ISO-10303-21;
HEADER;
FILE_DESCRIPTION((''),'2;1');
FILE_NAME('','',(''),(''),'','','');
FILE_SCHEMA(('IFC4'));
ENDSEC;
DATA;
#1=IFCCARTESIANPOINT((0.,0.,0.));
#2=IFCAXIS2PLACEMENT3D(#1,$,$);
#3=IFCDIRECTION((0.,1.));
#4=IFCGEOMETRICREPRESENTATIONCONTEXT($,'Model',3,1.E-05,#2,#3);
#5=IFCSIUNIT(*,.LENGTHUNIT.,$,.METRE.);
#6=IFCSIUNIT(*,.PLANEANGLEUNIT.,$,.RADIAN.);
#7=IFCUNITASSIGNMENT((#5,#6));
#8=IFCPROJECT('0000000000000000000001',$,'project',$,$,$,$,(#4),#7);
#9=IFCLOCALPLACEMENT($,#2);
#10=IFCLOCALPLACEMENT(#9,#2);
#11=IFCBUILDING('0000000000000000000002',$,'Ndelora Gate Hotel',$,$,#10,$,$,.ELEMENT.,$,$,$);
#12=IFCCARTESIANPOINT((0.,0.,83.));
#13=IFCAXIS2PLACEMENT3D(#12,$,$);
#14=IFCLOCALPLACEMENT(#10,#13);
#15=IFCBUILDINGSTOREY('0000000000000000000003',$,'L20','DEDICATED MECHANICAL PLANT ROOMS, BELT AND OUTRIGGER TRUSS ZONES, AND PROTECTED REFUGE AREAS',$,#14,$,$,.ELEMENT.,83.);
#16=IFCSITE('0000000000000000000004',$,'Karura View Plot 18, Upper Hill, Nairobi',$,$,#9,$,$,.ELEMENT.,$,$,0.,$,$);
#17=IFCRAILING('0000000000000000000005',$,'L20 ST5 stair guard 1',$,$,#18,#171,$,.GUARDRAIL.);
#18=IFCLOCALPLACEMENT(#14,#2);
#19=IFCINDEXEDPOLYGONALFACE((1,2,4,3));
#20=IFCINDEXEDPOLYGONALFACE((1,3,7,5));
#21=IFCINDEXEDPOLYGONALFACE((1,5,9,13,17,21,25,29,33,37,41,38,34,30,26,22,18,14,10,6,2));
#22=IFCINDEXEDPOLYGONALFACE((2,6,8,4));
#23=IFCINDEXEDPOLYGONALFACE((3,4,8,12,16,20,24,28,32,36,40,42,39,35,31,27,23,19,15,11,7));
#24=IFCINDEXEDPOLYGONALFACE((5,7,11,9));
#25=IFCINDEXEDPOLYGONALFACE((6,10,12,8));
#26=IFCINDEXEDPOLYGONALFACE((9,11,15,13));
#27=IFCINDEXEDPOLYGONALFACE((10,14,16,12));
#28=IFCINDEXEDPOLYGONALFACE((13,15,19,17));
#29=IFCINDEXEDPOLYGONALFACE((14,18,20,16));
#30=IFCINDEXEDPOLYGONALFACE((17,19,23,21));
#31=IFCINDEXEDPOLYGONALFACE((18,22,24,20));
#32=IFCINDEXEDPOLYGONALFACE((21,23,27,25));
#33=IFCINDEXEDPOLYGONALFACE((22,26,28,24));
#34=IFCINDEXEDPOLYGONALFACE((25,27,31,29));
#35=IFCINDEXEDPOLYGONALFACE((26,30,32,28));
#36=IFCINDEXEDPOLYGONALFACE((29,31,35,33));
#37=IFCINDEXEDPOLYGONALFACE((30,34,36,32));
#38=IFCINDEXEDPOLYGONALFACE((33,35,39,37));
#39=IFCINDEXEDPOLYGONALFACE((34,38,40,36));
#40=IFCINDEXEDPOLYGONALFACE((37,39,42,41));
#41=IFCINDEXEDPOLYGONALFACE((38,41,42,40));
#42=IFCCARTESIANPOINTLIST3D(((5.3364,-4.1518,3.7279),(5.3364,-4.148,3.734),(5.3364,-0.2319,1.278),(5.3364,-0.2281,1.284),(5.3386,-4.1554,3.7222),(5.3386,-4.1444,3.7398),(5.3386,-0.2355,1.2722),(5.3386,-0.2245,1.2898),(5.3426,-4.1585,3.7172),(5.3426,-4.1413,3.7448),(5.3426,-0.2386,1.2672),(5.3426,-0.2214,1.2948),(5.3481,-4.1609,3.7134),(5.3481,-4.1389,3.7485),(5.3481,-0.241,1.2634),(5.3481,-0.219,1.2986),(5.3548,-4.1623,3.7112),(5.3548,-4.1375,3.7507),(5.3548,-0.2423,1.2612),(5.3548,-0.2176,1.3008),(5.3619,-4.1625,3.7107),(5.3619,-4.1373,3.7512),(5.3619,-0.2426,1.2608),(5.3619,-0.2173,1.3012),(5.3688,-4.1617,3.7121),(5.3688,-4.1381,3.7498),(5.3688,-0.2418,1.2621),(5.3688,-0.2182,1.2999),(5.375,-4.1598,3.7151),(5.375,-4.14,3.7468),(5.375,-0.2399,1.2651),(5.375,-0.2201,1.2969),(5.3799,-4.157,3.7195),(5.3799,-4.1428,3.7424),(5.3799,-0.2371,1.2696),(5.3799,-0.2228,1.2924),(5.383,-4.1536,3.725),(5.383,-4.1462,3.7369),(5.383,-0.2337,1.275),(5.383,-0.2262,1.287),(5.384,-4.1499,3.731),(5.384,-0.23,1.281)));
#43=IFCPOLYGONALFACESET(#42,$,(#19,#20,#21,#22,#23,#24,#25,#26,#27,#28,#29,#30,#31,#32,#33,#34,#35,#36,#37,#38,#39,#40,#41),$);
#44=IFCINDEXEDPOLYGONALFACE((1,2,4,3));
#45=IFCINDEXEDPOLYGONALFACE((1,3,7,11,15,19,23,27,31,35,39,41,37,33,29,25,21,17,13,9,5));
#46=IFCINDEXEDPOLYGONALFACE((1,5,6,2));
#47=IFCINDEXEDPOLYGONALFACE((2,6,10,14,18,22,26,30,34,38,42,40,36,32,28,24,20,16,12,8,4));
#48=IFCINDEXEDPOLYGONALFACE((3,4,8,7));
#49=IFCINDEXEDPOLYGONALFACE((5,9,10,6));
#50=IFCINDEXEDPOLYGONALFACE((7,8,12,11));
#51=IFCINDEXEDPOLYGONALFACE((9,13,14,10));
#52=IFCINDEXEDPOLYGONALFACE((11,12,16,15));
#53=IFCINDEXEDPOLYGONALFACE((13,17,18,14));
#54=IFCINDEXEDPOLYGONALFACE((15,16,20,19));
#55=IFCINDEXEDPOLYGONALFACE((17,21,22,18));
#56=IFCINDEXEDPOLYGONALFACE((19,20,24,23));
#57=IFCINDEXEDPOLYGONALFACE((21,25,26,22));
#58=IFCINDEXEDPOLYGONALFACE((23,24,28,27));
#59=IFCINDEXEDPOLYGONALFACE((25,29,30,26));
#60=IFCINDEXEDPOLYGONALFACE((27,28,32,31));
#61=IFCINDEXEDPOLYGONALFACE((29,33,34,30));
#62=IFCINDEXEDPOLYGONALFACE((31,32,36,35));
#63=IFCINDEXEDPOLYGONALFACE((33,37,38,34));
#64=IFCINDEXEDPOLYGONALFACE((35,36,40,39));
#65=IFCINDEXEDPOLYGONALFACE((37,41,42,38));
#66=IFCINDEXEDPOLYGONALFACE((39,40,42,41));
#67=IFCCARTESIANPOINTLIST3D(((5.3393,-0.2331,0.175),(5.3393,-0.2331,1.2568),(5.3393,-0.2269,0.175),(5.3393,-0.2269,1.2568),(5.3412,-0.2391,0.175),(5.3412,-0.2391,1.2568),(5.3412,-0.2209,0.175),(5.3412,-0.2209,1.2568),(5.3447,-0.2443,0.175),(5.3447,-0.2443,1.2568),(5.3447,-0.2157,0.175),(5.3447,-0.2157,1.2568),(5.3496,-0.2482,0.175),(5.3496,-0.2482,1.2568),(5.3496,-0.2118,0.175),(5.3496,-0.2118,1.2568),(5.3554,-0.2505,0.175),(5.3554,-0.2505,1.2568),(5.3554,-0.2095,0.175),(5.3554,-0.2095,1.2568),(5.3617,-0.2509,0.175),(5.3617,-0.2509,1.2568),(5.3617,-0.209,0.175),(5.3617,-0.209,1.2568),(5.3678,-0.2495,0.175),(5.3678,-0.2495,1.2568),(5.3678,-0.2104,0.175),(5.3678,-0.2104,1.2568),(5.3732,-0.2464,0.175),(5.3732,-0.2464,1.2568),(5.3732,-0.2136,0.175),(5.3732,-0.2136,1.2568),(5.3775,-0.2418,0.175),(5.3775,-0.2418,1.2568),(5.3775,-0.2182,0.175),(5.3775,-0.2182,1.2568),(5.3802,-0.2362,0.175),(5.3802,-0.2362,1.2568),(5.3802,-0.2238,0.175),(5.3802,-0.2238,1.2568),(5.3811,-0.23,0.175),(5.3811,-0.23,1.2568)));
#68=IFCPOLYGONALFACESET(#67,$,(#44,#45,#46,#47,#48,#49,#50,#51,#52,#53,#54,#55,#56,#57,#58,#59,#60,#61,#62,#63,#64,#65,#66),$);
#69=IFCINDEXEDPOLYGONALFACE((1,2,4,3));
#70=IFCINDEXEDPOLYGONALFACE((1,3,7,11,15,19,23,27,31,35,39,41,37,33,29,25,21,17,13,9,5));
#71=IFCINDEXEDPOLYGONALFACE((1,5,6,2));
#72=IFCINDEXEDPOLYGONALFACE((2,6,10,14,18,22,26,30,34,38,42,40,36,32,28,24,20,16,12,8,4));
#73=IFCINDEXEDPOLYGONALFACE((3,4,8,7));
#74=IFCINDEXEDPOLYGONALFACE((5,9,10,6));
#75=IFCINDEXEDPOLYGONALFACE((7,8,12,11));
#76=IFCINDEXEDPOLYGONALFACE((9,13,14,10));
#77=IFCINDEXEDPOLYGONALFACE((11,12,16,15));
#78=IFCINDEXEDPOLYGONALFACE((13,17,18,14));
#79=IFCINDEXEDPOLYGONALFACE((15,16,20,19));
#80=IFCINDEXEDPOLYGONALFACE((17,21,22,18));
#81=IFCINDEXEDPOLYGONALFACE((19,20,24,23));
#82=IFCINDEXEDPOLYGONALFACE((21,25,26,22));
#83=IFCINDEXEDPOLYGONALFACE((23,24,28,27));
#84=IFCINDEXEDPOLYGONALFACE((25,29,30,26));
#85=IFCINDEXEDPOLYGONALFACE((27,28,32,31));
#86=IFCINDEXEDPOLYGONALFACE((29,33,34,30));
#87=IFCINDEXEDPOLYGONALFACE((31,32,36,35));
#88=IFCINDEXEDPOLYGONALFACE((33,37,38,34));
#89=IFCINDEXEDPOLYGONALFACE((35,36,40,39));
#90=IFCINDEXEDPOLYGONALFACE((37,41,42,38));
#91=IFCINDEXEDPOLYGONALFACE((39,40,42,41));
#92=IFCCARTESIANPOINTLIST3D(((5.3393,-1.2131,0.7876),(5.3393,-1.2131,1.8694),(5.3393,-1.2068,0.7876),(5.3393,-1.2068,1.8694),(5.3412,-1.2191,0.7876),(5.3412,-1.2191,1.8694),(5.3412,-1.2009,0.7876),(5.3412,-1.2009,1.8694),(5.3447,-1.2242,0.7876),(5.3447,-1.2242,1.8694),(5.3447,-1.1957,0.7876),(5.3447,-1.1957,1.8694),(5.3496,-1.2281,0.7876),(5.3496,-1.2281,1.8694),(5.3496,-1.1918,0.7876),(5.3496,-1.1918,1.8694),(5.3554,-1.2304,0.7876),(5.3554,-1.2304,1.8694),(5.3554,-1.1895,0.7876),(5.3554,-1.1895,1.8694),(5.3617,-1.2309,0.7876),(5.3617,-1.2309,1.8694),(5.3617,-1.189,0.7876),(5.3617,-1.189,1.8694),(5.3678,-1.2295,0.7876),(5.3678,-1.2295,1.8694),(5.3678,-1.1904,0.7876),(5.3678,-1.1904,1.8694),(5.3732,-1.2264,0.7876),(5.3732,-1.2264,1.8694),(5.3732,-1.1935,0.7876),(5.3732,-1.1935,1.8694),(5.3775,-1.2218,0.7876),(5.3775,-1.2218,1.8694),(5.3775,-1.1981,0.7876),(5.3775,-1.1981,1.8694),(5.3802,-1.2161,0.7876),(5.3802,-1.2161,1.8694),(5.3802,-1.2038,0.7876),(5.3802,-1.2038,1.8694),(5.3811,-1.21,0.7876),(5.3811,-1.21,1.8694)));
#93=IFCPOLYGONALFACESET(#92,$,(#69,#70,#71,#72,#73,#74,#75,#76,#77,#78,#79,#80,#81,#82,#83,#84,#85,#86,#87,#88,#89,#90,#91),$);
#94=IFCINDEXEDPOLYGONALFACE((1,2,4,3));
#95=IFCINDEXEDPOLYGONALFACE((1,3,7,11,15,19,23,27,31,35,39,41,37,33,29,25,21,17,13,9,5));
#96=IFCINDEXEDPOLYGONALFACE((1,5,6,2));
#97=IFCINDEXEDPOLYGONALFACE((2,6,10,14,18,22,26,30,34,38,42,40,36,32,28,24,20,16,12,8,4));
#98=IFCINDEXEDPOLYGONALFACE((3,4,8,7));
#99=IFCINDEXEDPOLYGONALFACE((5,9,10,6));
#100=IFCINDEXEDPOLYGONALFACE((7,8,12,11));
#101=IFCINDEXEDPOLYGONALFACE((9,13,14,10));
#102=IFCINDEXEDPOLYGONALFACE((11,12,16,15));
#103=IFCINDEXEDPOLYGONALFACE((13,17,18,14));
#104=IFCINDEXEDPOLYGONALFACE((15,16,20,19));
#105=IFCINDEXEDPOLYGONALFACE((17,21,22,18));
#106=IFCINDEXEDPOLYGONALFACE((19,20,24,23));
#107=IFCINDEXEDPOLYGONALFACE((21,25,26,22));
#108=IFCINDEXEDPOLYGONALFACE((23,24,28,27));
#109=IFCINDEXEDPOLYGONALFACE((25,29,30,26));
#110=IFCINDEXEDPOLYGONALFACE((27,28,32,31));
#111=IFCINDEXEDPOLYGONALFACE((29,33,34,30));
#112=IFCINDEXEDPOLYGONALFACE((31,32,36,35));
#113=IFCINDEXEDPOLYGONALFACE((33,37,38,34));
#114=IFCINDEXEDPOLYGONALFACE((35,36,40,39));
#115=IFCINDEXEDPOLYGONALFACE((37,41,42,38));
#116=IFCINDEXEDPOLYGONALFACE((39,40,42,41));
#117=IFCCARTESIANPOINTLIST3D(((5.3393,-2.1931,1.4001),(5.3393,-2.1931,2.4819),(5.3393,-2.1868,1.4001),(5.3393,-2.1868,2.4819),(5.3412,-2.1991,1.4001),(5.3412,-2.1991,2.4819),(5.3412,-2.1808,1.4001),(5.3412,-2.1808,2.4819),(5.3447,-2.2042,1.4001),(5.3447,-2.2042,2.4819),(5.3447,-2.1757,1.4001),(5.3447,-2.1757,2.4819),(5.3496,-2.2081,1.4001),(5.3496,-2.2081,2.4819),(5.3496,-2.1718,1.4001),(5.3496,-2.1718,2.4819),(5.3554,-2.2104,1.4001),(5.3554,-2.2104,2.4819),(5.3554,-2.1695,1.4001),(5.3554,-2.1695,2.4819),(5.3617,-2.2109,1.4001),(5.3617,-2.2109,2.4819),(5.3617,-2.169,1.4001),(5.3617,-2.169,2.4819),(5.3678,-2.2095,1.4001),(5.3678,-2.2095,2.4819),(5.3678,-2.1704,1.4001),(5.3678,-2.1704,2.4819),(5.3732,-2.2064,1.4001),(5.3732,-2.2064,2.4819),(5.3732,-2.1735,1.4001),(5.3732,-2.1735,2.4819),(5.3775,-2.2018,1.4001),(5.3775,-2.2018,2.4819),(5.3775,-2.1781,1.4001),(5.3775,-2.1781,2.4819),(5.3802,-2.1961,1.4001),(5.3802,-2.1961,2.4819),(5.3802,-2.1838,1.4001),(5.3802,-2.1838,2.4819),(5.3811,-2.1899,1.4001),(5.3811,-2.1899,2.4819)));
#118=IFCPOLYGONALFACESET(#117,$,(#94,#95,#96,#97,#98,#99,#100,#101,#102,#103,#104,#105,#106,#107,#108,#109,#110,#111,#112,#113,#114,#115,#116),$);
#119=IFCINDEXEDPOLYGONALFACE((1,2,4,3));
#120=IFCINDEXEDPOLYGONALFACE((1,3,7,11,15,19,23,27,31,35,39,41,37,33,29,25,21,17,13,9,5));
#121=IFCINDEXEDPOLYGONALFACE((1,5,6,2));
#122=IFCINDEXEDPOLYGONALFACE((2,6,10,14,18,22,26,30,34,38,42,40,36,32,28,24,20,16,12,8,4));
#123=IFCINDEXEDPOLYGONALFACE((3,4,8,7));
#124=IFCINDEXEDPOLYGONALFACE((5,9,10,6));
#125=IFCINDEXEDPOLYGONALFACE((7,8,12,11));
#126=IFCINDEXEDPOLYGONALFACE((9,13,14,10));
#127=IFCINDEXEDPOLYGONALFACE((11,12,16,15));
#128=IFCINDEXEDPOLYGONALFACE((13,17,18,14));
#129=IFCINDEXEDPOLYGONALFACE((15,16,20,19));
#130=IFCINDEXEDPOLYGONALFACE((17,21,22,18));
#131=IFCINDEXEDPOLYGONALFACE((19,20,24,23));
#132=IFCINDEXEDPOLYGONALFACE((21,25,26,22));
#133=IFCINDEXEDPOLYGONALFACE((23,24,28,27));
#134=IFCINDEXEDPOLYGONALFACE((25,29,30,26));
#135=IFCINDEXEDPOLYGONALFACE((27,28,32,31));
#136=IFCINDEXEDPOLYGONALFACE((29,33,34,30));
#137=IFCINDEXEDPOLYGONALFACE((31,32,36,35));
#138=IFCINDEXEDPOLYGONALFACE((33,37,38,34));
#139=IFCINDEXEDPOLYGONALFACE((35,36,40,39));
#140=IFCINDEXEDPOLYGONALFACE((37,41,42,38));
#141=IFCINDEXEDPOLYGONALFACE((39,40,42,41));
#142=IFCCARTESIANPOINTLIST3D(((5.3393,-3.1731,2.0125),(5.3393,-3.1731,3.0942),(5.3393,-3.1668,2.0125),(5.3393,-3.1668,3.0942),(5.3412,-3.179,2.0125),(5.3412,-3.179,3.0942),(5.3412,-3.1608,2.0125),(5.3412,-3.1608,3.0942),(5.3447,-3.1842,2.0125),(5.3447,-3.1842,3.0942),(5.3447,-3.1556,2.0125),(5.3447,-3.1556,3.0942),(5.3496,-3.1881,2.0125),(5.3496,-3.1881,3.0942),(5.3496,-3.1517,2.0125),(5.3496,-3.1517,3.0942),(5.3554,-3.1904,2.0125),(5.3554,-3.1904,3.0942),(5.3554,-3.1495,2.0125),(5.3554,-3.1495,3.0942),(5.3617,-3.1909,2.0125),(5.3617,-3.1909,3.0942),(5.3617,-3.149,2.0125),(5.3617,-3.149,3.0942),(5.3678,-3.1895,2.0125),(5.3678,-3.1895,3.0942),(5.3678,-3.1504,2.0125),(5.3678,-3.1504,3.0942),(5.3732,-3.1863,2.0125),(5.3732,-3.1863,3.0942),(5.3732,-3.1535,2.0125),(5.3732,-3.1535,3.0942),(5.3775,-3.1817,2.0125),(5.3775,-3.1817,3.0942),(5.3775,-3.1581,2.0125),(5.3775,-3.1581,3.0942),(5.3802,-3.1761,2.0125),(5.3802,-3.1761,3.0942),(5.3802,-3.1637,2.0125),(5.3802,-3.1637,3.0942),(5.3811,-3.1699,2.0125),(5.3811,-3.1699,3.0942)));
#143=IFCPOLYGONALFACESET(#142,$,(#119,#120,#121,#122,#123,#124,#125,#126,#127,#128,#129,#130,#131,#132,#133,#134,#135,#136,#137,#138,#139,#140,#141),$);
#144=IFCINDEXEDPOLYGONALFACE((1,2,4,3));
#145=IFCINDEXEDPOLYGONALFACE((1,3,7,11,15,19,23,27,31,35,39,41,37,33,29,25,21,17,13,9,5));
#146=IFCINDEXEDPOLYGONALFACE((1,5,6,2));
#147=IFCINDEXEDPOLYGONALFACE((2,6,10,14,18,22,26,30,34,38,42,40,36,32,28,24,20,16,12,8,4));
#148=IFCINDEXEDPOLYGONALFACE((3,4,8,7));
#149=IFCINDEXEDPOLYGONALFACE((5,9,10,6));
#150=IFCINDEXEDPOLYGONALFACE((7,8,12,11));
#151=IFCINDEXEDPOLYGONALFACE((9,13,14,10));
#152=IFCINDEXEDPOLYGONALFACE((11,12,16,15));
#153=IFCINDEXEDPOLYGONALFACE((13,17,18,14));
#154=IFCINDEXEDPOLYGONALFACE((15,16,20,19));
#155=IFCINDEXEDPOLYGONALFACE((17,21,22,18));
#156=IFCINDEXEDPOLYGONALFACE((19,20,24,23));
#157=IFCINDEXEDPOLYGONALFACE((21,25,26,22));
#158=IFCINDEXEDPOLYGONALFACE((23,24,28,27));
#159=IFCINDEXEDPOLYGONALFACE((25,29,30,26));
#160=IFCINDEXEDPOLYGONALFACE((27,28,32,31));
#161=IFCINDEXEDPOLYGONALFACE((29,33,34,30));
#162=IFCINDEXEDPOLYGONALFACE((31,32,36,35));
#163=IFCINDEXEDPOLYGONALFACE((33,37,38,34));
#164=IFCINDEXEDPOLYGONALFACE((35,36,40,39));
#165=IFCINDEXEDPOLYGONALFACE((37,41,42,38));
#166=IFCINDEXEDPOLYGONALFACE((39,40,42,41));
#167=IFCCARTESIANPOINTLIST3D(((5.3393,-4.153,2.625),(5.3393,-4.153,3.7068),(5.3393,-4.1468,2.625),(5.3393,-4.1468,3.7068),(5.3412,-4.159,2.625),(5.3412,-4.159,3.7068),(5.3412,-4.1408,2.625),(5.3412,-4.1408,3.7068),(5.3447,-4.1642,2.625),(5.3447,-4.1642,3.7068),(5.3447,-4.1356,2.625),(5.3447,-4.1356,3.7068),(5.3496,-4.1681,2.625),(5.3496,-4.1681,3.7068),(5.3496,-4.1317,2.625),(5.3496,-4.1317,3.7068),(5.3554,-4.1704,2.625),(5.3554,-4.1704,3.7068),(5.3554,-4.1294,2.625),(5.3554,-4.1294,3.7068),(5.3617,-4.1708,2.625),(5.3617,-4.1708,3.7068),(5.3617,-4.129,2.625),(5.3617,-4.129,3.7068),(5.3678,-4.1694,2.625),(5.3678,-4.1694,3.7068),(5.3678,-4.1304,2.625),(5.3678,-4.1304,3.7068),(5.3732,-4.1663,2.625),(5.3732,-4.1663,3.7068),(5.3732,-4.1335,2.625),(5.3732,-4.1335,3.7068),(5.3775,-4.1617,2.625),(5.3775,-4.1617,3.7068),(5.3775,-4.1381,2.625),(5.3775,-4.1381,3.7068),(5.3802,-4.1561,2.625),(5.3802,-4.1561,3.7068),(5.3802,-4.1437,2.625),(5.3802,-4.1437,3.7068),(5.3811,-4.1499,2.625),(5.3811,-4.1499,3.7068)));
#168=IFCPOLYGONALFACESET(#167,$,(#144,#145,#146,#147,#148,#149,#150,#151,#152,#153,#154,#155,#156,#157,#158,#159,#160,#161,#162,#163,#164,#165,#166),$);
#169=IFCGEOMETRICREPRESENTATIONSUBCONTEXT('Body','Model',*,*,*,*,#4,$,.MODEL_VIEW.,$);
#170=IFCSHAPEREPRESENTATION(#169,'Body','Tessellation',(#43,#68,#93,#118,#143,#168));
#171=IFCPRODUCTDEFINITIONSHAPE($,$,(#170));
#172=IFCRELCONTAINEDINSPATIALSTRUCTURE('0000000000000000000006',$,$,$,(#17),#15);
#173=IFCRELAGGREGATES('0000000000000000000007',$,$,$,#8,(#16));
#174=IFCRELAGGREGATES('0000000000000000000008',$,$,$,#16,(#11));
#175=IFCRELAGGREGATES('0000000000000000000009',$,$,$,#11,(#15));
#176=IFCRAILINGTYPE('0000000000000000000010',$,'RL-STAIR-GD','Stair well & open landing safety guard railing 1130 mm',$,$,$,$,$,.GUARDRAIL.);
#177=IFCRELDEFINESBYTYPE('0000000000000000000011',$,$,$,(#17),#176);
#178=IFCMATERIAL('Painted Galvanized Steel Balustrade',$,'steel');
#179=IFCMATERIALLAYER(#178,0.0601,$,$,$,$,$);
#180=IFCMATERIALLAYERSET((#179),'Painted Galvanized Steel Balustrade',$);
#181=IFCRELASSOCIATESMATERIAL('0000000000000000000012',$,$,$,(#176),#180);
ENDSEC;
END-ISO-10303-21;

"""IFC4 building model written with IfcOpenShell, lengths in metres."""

from ifc_helpers import new_model, si_unit, direction, frame, origin, origin_2d, place, context, subcontext, project, spatial, circle, extrude, material, layer, layer_set, type_object, element, save


model = new_model("IFC4")

# Units and contexts
model_context = context("Model", 3, precision=1e-05, world=origin(), true_north=direction((0.0, 1.0)))
body_context = subcontext(model_context, "Body", "Model", "MODEL_VIEW")
ifc_project = project(units=[si_unit("LENGTHUNIT", "METRE"), si_unit("PLANEANGLEUNIT", "RADIAN")], contexts=[model_context])

# Site, building, storey
site_placement = place(None, origin())
site = spatial("IfcSite", under=ifc_project, at=site_placement, Name="Karura View Plot 18, Upper Hill, Nairobi", CompositionType="ELEMENT", RefElevation=0.0)
building_placement = place(site_placement, origin())
building = spatial("IfcBuilding", under=site, at=building_placement, Name="Ndelora Gate Hotel", CompositionType="ELEMENT")
storey_placement = place(building_placement, frame((0.0, 0.0, 83.0)))
storey = spatial("IfcBuildingStorey", under=building, at=storey_placement, Name="L20", Description="DEDICATED MECHANICAL PLANT ROOMS, BELT AND OUTRIGGER TRUSS ZONES, AND PROTECTED REFUGE AREAS", CompositionType="ELEMENT", Elevation=83.0)

# Railing
ifc_material_1 = material(Name="Painted Galvanized Steel Balustrade", Category="steel")
ifc_layer_1 = layer(ifc_material_1, 0.0601)
ifc_layer_set_1 = layer_set([ifc_layer_1], Name="Painted Galvanized Steel Balustrade")
railing_type_1 = type_object("IfcRailingType", Name="RL-STAIR-GD", Description="Stair well & open landing safety guard railing 1130 mm", PredefinedType="GUARDRAIL", material=ifc_layer_set_1)
railing_1_placement = place(storey_placement, frame((5.3601, -0.23, 0.175)))
element("IfcRailing", 1, at=railing_1_placement, inside=storey, type_object=railing_type_1, Name="L20 ST5 stair guard 1", PredefinedType="GUARDRAIL", context=body_context, shape_type="SweptSolid", body=[
    extrude(circle(Radius=0.0239, at=origin_2d()), frame((0.0, 0.0, 1.106), z_axis=(0.0, -0.847998, 0.529999), x_axis=(1.0, 0.0, 0.0)), (0.0, 0.0, 1.0), 4.6226),
    extrude(circle(Radius=0.021, at=origin_2d()), origin(), (0.0, 0.0, 1.0), 1.0818),
    extrude(circle(Radius=0.021, at=origin_2d()), frame((0.0, -0.98, 0.6125)), (0.0, 0.0, 1.0), 1.0818),
    extrude(circle(Radius=0.021, at=origin_2d()), frame((0.0, -1.96, 1.2251)), (0.0, 0.0, 1.0), 1.0818),
    extrude(circle(Radius=0.021, at=origin_2d()), frame((0.0, -2.9399, 1.8374)), (0.0, 0.0, 1.0), 1.0818),
    extrude(circle(Radius=0.021, at=origin_2d()), frame((0.0, -3.9199, 2.45)), (0.0, 0.0, 1.0), 1.0818),
])

save(model, "model.ifc")
